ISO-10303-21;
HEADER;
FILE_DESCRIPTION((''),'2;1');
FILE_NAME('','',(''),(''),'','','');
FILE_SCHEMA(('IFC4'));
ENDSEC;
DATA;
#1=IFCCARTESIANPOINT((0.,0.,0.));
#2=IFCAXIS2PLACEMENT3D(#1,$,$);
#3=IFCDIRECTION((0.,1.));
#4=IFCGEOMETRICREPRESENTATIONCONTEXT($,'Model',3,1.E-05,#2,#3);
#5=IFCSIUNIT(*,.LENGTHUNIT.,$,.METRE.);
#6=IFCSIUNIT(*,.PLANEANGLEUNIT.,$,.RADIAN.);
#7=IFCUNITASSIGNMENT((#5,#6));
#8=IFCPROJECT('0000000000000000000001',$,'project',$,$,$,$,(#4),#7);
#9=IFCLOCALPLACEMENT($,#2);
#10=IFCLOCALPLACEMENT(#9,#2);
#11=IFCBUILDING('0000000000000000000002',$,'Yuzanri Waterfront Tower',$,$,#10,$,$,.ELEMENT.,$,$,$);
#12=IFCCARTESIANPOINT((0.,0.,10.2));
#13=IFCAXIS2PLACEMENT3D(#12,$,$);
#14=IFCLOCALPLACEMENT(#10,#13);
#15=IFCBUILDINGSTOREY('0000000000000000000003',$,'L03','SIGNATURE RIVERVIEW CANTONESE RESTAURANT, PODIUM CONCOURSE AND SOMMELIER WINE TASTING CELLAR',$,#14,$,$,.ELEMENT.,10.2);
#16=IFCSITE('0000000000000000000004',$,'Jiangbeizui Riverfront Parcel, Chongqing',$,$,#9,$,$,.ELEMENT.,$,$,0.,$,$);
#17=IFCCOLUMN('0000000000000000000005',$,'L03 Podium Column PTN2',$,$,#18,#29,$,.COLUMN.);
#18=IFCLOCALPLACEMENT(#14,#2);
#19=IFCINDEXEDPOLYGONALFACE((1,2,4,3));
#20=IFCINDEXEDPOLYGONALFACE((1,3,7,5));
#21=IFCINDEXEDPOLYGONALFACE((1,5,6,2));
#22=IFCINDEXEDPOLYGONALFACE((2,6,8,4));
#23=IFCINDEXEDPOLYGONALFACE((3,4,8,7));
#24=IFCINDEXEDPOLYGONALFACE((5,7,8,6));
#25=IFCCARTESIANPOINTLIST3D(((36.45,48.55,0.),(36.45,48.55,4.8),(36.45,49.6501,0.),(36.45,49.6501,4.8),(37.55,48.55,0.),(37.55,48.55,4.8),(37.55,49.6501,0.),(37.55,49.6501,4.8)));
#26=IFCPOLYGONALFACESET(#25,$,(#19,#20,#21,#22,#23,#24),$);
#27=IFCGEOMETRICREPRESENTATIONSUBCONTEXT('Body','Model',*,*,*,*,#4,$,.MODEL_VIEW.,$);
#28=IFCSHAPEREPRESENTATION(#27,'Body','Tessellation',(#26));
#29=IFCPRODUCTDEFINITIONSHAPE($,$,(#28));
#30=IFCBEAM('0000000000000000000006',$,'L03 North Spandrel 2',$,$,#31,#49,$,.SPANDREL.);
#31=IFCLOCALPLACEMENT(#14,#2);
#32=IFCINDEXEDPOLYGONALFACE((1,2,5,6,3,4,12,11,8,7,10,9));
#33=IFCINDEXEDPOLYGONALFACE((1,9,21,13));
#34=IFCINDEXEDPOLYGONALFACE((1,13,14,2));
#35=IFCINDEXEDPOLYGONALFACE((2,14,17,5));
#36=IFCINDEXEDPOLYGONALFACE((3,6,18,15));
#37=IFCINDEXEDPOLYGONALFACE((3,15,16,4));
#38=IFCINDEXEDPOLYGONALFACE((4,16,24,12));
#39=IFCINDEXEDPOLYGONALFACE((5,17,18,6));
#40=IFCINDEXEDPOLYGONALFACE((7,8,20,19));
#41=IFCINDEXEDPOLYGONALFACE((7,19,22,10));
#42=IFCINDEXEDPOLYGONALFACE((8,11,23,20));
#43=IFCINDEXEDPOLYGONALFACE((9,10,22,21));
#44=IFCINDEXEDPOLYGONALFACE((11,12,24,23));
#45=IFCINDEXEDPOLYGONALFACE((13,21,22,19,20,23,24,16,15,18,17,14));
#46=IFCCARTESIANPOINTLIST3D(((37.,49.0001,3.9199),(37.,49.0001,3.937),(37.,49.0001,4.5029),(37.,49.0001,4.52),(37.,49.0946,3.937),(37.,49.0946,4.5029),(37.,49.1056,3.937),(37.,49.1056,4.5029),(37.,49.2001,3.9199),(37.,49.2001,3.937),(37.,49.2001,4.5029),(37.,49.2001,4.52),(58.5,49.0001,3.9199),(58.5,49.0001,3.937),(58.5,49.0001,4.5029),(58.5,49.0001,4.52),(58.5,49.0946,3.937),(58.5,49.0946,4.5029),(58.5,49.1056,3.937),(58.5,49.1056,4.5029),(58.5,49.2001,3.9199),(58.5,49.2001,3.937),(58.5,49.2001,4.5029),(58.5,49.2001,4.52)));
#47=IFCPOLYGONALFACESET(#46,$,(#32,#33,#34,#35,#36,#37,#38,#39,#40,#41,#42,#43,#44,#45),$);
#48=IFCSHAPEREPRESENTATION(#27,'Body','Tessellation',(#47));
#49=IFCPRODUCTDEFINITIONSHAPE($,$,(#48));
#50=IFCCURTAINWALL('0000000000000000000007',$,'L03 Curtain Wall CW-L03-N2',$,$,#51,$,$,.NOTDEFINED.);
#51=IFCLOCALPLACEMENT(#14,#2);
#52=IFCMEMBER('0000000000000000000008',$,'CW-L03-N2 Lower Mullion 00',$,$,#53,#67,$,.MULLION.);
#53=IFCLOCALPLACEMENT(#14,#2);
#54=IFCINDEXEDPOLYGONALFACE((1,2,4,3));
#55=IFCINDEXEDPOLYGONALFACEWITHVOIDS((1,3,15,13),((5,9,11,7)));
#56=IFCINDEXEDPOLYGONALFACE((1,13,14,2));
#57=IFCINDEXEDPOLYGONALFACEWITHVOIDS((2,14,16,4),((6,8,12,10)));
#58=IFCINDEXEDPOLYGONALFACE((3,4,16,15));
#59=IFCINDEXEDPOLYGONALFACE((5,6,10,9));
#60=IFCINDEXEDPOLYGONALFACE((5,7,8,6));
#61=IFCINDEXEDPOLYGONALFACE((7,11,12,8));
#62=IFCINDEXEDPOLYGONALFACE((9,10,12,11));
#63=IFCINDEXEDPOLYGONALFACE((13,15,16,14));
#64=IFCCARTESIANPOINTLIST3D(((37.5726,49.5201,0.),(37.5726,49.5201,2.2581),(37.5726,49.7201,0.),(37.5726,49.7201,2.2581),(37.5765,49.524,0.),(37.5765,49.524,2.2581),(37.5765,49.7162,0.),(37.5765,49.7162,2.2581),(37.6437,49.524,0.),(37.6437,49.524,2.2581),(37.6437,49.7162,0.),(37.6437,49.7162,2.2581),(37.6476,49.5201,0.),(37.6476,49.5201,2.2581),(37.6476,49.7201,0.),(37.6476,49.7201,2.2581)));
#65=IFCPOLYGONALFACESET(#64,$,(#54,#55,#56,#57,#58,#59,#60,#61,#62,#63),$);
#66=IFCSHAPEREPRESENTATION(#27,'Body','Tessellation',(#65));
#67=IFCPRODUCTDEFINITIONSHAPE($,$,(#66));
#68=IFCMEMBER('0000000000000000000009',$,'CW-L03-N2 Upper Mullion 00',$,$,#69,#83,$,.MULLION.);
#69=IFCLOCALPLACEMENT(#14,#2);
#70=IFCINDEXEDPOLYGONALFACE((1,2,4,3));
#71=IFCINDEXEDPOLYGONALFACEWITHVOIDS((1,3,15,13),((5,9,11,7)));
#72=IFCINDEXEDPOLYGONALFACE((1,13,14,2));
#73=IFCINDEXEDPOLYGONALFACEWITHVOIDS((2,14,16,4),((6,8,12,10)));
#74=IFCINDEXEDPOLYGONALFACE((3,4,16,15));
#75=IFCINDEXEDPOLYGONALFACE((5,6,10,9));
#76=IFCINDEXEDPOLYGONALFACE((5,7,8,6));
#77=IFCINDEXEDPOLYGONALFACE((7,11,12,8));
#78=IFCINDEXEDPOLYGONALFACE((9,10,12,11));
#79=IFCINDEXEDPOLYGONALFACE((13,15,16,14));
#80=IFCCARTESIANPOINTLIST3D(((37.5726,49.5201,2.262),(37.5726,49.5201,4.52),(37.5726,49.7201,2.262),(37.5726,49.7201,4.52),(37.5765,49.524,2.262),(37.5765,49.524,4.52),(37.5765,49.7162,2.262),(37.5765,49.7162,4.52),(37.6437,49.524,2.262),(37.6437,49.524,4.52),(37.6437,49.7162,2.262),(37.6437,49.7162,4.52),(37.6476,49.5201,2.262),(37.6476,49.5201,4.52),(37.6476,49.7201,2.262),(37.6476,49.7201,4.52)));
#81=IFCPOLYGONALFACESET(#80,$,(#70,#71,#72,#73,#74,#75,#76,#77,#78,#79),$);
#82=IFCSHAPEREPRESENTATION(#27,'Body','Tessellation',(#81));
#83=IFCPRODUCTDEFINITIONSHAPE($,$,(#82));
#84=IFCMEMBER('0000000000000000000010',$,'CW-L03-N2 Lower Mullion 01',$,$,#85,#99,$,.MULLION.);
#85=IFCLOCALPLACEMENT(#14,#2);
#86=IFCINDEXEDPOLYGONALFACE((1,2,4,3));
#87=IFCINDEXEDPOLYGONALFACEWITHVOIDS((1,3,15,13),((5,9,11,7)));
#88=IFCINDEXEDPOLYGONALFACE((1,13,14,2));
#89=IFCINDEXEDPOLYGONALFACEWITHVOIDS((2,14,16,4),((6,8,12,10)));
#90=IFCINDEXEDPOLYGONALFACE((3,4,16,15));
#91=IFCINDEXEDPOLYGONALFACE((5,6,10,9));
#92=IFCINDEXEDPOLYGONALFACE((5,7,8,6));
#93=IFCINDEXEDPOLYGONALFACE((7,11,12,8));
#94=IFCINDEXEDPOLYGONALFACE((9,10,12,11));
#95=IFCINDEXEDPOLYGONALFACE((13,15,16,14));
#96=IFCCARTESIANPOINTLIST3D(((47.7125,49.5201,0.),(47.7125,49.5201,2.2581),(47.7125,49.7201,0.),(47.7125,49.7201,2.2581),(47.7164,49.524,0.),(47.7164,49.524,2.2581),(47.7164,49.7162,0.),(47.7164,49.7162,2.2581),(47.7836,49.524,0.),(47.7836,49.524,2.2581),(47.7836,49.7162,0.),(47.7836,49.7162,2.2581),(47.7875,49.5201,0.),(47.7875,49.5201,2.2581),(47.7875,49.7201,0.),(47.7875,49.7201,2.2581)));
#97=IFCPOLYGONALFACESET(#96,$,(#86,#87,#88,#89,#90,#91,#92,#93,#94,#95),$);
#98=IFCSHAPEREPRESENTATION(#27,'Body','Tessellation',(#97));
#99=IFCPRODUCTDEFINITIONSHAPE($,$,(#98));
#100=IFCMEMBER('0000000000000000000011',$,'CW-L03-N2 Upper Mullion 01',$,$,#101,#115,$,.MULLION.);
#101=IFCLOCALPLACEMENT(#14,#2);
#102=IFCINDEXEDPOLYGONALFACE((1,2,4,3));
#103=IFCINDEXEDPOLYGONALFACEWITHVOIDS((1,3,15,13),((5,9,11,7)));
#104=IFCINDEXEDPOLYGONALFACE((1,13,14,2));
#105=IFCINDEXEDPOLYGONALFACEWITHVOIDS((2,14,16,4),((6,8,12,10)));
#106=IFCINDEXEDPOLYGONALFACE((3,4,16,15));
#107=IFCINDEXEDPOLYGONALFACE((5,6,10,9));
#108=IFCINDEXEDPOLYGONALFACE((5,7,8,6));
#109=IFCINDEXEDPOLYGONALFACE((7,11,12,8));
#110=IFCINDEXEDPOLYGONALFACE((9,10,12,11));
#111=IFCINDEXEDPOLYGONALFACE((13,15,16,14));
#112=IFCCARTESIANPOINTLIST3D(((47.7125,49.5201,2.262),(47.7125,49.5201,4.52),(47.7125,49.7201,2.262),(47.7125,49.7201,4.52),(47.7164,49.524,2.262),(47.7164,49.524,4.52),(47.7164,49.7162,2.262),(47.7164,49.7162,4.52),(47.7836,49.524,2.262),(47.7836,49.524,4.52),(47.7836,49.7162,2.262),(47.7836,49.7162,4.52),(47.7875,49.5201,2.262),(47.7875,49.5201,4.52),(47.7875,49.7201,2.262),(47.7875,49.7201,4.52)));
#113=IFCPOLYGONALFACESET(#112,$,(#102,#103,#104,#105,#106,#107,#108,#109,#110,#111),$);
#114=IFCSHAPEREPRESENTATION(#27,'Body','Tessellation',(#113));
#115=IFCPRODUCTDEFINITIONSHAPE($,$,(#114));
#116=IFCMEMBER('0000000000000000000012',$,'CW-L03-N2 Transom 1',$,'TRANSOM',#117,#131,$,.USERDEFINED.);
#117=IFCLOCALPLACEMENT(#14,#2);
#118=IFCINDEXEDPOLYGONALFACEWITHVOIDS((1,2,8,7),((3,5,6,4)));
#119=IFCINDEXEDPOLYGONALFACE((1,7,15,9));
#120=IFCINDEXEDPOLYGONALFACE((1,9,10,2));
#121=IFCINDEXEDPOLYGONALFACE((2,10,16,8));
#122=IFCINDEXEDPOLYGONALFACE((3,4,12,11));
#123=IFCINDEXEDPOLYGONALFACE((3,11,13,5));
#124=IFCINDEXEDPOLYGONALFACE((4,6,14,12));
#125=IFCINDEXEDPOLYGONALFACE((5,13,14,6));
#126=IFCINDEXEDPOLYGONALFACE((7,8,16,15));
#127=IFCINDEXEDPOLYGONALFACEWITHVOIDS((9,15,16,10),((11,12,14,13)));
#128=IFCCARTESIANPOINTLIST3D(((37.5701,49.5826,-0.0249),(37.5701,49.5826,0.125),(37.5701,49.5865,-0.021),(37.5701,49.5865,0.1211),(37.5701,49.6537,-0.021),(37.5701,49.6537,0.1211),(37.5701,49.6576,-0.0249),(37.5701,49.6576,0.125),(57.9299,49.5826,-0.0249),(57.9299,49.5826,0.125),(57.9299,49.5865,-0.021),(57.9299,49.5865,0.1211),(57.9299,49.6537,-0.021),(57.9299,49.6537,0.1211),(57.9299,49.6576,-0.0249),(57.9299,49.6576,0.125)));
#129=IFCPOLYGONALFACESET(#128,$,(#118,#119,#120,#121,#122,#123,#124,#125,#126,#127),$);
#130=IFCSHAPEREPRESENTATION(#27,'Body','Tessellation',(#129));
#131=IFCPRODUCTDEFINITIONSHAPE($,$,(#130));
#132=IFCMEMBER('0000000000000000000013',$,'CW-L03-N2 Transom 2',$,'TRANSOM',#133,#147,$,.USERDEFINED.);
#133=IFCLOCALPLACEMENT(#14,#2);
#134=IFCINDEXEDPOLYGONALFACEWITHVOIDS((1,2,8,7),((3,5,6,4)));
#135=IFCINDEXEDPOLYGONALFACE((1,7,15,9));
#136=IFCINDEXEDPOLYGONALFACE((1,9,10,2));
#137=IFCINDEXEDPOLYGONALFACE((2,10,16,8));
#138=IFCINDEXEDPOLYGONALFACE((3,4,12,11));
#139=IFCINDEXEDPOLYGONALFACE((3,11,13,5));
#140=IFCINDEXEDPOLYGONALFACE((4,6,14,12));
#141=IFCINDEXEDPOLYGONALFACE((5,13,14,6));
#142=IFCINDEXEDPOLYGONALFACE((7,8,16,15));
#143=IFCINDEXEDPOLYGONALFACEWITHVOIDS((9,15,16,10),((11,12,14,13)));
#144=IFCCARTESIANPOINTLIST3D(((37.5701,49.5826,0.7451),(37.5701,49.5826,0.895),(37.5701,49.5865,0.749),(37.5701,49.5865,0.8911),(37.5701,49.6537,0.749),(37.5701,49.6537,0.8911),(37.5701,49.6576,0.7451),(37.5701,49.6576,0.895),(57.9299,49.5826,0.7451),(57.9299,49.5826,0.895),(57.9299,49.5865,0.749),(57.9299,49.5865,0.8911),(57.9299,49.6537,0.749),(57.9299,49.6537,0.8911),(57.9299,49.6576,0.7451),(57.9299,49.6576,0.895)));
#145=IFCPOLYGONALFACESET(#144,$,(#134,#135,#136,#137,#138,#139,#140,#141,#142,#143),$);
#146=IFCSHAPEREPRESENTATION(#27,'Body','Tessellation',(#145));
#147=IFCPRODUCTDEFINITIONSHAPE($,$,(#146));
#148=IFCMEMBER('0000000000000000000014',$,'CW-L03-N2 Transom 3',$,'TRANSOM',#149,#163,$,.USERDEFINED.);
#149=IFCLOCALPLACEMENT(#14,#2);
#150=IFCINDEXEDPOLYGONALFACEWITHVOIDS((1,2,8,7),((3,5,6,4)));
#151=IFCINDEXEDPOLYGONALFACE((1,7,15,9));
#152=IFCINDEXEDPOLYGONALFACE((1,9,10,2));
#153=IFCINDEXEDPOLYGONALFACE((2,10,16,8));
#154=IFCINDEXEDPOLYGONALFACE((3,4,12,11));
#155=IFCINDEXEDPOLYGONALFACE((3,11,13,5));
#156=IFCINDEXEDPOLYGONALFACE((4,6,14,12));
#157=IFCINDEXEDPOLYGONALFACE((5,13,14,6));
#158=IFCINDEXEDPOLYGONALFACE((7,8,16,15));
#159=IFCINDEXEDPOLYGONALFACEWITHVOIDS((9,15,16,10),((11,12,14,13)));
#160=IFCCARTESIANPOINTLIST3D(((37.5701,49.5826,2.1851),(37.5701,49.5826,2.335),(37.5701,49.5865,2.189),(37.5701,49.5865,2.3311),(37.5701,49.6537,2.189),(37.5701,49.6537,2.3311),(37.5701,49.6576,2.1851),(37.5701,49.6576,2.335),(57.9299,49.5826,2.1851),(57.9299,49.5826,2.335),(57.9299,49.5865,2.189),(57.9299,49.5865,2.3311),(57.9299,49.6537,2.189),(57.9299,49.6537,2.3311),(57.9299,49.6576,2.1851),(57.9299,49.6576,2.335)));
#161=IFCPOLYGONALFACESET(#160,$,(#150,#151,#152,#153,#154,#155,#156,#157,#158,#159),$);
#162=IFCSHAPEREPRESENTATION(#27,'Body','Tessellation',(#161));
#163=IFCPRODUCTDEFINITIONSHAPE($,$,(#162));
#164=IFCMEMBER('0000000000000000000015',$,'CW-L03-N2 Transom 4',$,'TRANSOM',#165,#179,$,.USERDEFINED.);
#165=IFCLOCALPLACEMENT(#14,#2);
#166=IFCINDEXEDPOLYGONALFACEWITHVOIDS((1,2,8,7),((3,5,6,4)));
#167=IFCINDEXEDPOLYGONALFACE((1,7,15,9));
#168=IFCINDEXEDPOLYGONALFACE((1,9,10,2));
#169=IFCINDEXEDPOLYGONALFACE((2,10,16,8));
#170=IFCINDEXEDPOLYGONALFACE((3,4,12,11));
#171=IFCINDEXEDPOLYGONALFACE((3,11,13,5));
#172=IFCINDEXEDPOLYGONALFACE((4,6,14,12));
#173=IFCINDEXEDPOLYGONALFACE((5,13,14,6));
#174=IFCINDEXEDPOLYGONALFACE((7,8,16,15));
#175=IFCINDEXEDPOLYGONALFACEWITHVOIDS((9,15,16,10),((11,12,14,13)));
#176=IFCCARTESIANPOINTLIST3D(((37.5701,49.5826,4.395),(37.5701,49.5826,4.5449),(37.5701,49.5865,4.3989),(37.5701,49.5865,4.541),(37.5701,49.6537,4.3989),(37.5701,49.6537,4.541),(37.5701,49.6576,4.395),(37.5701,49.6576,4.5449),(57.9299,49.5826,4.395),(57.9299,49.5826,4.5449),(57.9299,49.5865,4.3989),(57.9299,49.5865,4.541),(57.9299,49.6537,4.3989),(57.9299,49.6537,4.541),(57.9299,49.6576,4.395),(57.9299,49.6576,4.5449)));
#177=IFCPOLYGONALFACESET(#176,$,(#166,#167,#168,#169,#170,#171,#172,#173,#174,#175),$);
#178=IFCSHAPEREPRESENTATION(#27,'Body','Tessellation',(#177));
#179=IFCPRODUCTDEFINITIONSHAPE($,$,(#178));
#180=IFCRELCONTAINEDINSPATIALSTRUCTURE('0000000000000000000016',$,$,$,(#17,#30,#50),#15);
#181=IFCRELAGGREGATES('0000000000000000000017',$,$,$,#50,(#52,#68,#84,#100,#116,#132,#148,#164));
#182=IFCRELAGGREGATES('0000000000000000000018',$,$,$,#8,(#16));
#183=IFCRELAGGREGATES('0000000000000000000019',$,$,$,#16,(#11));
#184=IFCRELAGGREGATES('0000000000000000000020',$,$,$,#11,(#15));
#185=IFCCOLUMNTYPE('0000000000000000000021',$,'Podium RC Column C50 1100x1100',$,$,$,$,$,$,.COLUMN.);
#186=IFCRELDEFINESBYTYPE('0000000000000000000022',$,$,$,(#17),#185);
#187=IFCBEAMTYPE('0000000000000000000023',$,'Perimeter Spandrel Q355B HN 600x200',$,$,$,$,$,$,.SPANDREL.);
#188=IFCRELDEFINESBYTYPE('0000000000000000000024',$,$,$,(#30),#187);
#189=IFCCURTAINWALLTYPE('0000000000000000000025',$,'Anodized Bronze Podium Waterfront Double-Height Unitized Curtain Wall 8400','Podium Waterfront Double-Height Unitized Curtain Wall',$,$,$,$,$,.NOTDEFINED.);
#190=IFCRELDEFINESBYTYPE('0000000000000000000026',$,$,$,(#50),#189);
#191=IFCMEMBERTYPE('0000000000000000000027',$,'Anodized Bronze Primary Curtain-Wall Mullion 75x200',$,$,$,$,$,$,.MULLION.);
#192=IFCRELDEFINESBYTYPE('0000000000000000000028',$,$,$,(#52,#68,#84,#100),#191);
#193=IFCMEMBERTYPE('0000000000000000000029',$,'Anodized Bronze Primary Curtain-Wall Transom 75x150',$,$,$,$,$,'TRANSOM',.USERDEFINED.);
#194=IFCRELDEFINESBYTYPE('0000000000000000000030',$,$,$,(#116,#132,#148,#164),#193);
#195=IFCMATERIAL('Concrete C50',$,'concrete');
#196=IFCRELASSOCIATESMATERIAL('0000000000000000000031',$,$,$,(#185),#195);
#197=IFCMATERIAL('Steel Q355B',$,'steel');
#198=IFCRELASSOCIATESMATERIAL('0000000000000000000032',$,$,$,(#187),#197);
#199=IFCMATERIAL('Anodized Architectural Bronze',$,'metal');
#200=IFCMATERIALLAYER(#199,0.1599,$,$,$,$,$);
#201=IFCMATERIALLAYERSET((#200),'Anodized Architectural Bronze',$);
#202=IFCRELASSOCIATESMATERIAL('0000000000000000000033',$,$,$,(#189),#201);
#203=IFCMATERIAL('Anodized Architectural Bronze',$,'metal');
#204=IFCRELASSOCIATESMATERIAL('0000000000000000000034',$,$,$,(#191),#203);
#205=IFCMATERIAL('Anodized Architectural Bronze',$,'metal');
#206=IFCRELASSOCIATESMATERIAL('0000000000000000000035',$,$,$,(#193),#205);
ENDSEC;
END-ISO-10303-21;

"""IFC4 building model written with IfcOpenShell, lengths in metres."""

from ifc_helpers import new_model, si_unit, direction, frame, origin, origin_2d, place, context, subcontext, project, spatial, rectangle, hollow_rectangle, i_section, extrude, source, transform, mapped, material, layer, layer_set, material_profile, profile_set, type_object, element, aggregate, save


model = new_model("IFC4")

# Units and contexts
model_context = context("Model", 3, precision=1e-05, world=origin(), true_north=direction((0.0, 1.0)))
body_context = subcontext(model_context, "Body", "Model", "MODEL_VIEW")
ifc_project = project(units=[si_unit("LENGTHUNIT", "METRE"), si_unit("PLANEANGLEUNIT", "RADIAN")], contexts=[model_context])

# Site, building, storey
site_placement = place(None, origin())
site = spatial("IfcSite", under=ifc_project, at=site_placement, Name="Jiangbeizui Riverfront Parcel, Chongqing", CompositionType="ELEMENT", RefElevation=0.0)
building_placement = place(site_placement, origin())
building = spatial("IfcBuilding", under=site, at=building_placement, Name="Yuzanri Waterfront Tower", CompositionType="ELEMENT")
storey_placement = place(building_placement, frame((0.0, 0.0, 10.2)))
storey = spatial("IfcBuildingStorey", under=building, at=storey_placement, Name="L03", Description="SIGNATURE RIVERVIEW CANTONESE RESTAURANT, PODIUM CONCOURSE AND SOMMELIER WINE TASTING CELLAR", CompositionType="ELEMENT", Elevation=10.2)

# Column
ifc_material_1 = material(Name="Concrete C50", Category="concrete")
ifc_material_profile_1 = material_profile(ifc_material_1, rectangle(XDim=1.1001, YDim=1.1001, at=origin_2d()), Name="RC 1100x1100")
ifc_profile_set_1 = profile_set([ifc_material_profile_1], Name="Concrete C50")
column_type = type_object("IfcColumnType", Name="Podium RC Column C50 1100x1100", PredefinedType="COLUMN", material=ifc_profile_set_1)
shared_shape_1 = source(origin(), body_context, "Body", "SweptSolid", [
    extrude(rectangle(XDim=1.1001, YDim=1.1001, at=origin_2d()), origin(), (0.0, 0.0, 1.0), 4.8),
])
column_placement = place(storey_placement, frame((37.0, 49.1001, 0.0), z_axis=(0.0, 0.0, 1.0), x_axis=(1.0, 0.0, 0.0)))
element("IfcColumn", 1, at=column_placement, inside=storey, type_object=column_type, Name="L03 Podium Column PTN2", PredefinedType="COLUMN", context=body_context, shape_type="MappedRepresentation", body=[
    mapped(shared_shape_1, transform((0.0, 0.0, 0.0), scale=1.0)),
])

# Beam
ifc_material_2 = material(Name="Steel Q355B", Category="steel")
ifc_material_profile_2 = material_profile(ifc_material_2, i_section(OverallWidth=0.2, OverallDepth=0.6001, WebThickness=0.011, FlangeThickness=0.0171, at=origin_2d()), Name="HN 600x200x11x17")
ifc_profile_set_2 = profile_set([ifc_material_profile_2], Name="Steel Q355B")
beam_type = type_object("IfcBeamType", Name="Perimeter Spandrel Q355B HN 600x200", PredefinedType="SPANDREL", material=ifc_profile_set_2)
shared_shape_2 = source(origin(), body_context, "Body", "SweptSolid", [
    extrude(i_section(OverallWidth=0.2, OverallDepth=0.6001, WebThickness=0.011, FlangeThickness=0.0171, at=origin_2d()), origin(), (0.0, 0.0, 1.0), 21.5),
])
beam_placement = place(storey_placement, frame((37.0, 49.1001, 4.22), z_axis=(1.0, 0.0, 0.0), x_axis=(0.0, 1.0, 0.0)))
element("IfcBeam", 2, at=beam_placement, inside=storey, type_object=beam_type, Name="L03 North Spandrel 2", PredefinedType="SPANDREL", context=body_context, shape_type="MappedRepresentation", body=[
    mapped(shared_shape_2, transform((0.0, 0.0, 0.0), scale=1.0)),
])

# Curtain wall, members
ifc_material_3 = material(Name="Anodized Architectural Bronze", Category="metal")
ifc_layer_1 = layer(ifc_material_3, 0.1599)
ifc_layer_set_1 = layer_set([ifc_layer_1], Name="Anodized Architectural Bronze")
curtain_wall_type = type_object("IfcCurtainWallType", Name="Anodized Bronze Podium Waterfront Double-Height Unitized Curtain Wall 8400", Description="Podium Waterfront Double-Height Unitized Curtain Wall", PredefinedType="NOTDEFINED", material=ifc_layer_set_1)
curtain_wall_placement = place(storey_placement, origin())
curtain_wall = element("IfcCurtainWall", 3, at=curtain_wall_placement, inside=storey, type_object=curtain_wall_type, Name="L03 Curtain Wall CW-L03-N2", PredefinedType="NOTDEFINED")
ifc_material_4 = material(Name="Anodized Architectural Bronze", Category="metal")
ifc_material_profile_3 = material_profile(ifc_material_4, hollow_rectangle(XDim=0.075, YDim=0.2, WallThickness=0.0039, at=origin_2d()), Name="CWM 75x200")
ifc_profile_set_3 = profile_set([ifc_material_profile_3], Name="Anodized Architectural Bronze")
member_type_1 = type_object("IfcMemberType", Name="Anodized Bronze Primary Curtain-Wall Mullion 75x200", PredefinedType="MULLION", material=ifc_profile_set_3)
shared_shape_3 = source(origin(), body_context, "Body", "SweptSolid", [
    extrude(hollow_rectangle(XDim=0.075, YDim=0.2, WallThickness=0.0039, at=origin_2d()), origin(), (0.0, 0.0, 1.0), 2.2581),
])
member_1_placement = place(storey_placement, frame((37.6101, 49.6201, 0.0), z_axis=(0.0, 0.0, 1.0), x_axis=(1.0, 0.0, 0.0)))
member_1 = element("IfcMember", 4, at=member_1_placement, type_object=member_type_1, Name="CW-L03-N2 Lower Mullion 00", PredefinedType="MULLION", context=body_context, shape_type="MappedRepresentation", body=[
    mapped(shared_shape_3, transform((0.0, 0.0, 0.0), scale=1.0)),
])
member_2_placement = place(storey_placement, frame((37.6101, 49.6201, 2.262), z_axis=(0.0, 0.0, 1.0), x_axis=(1.0, 0.0, 0.0)))
member_2 = element("IfcMember", 5, at=member_2_placement, type_object=member_type_1, Name="CW-L03-N2 Upper Mullion 00", PredefinedType="MULLION", context=body_context, shape_type="MappedRepresentation", body=[
    mapped(shared_shape_3, transform((0.0, 0.0, 0.0), scale=1.0)),
])
member_3_placement = place(storey_placement, frame((47.75, 49.6201, 0.0), z_axis=(0.0, 0.0, 1.0), x_axis=(1.0, 0.0, 0.0)))
member_3 = element("IfcMember", 6, at=member_3_placement, type_object=member_type_1, Name="CW-L03-N2 Lower Mullion 01", PredefinedType="MULLION", context=body_context, shape_type="MappedRepresentation", body=[
    mapped(shared_shape_3, transform((0.0, 0.0, 0.0), scale=1.0)),
])
member_4_placement = place(storey_placement, frame((47.75, 49.6201, 2.262), z_axis=(0.0, 0.0, 1.0), x_axis=(1.0, 0.0, 0.0)))
member_4 = element("IfcMember", 7, at=member_4_placement, type_object=member_type_1, Name="CW-L03-N2 Upper Mullion 01", PredefinedType="MULLION", context=body_context, shape_type="MappedRepresentation", body=[
    mapped(shared_shape_3, transform((0.0, 0.0, 0.0), scale=1.0)),
])
ifc_material_5 = material(Name="Anodized Architectural Bronze", Category="metal")
ifc_material_profile_4 = material_profile(ifc_material_5, hollow_rectangle(XDim=0.075, YDim=0.1499, WallThickness=0.0039, at=origin_2d()), Name="CWT 75x150")
ifc_profile_set_4 = profile_set([ifc_material_profile_4], Name="Anodized Architectural Bronze")
member_type_2 = type_object("IfcMemberType", Name="Anodized Bronze Primary Curtain-Wall Transom 75x150", ElementType="TRANSOM", PredefinedType="USERDEFINED", material=ifc_profile_set_4)
shared_shape_4 = source(origin(), body_context, "Body", "SweptSolid", [
    extrude(hollow_rectangle(XDim=0.075, YDim=0.1499, WallThickness=0.0039, at=origin_2d()), origin(), (0.0, 0.0, 1.0), 20.3599),
])
member_5_placement = place(storey_placement, frame((37.5701, 49.6201, 0.05), z_axis=(1.0, 0.0, 0.0), x_axis=(0.0, 1.0, 0.0)))
member_5 = element("IfcMember", 8, at=member_5_placement, type_object=member_type_2, Name="CW-L03-N2 Transom 1", ObjectType="TRANSOM", PredefinedType="USERDEFINED", context=body_context, shape_type="MappedRepresentation", body=[
    mapped(shared_shape_4, transform((0.0, 0.0, 0.0), scale=1.0)),
])
member_6_placement = place(storey_placement, frame((37.5701, 49.6201, 0.8201), z_axis=(1.0, 0.0, 0.0), x_axis=(0.0, 1.0, 0.0)))
member_6 = element("IfcMember", 9, at=member_6_placement, type_object=member_type_2, Name="CW-L03-N2 Transom 2", ObjectType="TRANSOM", PredefinedType="USERDEFINED", context=body_context, shape_type="MappedRepresentation", body=[
    mapped(shared_shape_4, transform((0.0, 0.0, 0.0), scale=1.0)),
])
member_7_placement = place(storey_placement, frame((37.5701, 49.6201, 2.26), z_axis=(1.0, 0.0, 0.0), x_axis=(0.0, 1.0, 0.0)))
member_7 = element("IfcMember", 10, at=member_7_placement, type_object=member_type_2, Name="CW-L03-N2 Transom 3", ObjectType="TRANSOM", PredefinedType="USERDEFINED", context=body_context, shape_type="MappedRepresentation", body=[
    mapped(shared_shape_4, transform((0.0, 0.0, 0.0), scale=1.0)),
])
member_8_placement = place(storey_placement, frame((37.5701, 49.6201, 4.47), z_axis=(1.0, 0.0, 0.0), x_axis=(0.0, 1.0, 0.0)))
member_8 = element("IfcMember", 11, at=member_8_placement, type_object=member_type_2, Name="CW-L03-N2 Transom 4", ObjectType="TRANSOM", PredefinedType="USERDEFINED", context=body_context, shape_type="MappedRepresentation", body=[
    mapped(shared_shape_4, transform((0.0, 0.0, 0.0), scale=1.0)),
])
aggregate(curtain_wall, [member_1, member_2, member_3, member_4, member_5, member_6, member_7, member_8])

save(model, "model.ifc")
